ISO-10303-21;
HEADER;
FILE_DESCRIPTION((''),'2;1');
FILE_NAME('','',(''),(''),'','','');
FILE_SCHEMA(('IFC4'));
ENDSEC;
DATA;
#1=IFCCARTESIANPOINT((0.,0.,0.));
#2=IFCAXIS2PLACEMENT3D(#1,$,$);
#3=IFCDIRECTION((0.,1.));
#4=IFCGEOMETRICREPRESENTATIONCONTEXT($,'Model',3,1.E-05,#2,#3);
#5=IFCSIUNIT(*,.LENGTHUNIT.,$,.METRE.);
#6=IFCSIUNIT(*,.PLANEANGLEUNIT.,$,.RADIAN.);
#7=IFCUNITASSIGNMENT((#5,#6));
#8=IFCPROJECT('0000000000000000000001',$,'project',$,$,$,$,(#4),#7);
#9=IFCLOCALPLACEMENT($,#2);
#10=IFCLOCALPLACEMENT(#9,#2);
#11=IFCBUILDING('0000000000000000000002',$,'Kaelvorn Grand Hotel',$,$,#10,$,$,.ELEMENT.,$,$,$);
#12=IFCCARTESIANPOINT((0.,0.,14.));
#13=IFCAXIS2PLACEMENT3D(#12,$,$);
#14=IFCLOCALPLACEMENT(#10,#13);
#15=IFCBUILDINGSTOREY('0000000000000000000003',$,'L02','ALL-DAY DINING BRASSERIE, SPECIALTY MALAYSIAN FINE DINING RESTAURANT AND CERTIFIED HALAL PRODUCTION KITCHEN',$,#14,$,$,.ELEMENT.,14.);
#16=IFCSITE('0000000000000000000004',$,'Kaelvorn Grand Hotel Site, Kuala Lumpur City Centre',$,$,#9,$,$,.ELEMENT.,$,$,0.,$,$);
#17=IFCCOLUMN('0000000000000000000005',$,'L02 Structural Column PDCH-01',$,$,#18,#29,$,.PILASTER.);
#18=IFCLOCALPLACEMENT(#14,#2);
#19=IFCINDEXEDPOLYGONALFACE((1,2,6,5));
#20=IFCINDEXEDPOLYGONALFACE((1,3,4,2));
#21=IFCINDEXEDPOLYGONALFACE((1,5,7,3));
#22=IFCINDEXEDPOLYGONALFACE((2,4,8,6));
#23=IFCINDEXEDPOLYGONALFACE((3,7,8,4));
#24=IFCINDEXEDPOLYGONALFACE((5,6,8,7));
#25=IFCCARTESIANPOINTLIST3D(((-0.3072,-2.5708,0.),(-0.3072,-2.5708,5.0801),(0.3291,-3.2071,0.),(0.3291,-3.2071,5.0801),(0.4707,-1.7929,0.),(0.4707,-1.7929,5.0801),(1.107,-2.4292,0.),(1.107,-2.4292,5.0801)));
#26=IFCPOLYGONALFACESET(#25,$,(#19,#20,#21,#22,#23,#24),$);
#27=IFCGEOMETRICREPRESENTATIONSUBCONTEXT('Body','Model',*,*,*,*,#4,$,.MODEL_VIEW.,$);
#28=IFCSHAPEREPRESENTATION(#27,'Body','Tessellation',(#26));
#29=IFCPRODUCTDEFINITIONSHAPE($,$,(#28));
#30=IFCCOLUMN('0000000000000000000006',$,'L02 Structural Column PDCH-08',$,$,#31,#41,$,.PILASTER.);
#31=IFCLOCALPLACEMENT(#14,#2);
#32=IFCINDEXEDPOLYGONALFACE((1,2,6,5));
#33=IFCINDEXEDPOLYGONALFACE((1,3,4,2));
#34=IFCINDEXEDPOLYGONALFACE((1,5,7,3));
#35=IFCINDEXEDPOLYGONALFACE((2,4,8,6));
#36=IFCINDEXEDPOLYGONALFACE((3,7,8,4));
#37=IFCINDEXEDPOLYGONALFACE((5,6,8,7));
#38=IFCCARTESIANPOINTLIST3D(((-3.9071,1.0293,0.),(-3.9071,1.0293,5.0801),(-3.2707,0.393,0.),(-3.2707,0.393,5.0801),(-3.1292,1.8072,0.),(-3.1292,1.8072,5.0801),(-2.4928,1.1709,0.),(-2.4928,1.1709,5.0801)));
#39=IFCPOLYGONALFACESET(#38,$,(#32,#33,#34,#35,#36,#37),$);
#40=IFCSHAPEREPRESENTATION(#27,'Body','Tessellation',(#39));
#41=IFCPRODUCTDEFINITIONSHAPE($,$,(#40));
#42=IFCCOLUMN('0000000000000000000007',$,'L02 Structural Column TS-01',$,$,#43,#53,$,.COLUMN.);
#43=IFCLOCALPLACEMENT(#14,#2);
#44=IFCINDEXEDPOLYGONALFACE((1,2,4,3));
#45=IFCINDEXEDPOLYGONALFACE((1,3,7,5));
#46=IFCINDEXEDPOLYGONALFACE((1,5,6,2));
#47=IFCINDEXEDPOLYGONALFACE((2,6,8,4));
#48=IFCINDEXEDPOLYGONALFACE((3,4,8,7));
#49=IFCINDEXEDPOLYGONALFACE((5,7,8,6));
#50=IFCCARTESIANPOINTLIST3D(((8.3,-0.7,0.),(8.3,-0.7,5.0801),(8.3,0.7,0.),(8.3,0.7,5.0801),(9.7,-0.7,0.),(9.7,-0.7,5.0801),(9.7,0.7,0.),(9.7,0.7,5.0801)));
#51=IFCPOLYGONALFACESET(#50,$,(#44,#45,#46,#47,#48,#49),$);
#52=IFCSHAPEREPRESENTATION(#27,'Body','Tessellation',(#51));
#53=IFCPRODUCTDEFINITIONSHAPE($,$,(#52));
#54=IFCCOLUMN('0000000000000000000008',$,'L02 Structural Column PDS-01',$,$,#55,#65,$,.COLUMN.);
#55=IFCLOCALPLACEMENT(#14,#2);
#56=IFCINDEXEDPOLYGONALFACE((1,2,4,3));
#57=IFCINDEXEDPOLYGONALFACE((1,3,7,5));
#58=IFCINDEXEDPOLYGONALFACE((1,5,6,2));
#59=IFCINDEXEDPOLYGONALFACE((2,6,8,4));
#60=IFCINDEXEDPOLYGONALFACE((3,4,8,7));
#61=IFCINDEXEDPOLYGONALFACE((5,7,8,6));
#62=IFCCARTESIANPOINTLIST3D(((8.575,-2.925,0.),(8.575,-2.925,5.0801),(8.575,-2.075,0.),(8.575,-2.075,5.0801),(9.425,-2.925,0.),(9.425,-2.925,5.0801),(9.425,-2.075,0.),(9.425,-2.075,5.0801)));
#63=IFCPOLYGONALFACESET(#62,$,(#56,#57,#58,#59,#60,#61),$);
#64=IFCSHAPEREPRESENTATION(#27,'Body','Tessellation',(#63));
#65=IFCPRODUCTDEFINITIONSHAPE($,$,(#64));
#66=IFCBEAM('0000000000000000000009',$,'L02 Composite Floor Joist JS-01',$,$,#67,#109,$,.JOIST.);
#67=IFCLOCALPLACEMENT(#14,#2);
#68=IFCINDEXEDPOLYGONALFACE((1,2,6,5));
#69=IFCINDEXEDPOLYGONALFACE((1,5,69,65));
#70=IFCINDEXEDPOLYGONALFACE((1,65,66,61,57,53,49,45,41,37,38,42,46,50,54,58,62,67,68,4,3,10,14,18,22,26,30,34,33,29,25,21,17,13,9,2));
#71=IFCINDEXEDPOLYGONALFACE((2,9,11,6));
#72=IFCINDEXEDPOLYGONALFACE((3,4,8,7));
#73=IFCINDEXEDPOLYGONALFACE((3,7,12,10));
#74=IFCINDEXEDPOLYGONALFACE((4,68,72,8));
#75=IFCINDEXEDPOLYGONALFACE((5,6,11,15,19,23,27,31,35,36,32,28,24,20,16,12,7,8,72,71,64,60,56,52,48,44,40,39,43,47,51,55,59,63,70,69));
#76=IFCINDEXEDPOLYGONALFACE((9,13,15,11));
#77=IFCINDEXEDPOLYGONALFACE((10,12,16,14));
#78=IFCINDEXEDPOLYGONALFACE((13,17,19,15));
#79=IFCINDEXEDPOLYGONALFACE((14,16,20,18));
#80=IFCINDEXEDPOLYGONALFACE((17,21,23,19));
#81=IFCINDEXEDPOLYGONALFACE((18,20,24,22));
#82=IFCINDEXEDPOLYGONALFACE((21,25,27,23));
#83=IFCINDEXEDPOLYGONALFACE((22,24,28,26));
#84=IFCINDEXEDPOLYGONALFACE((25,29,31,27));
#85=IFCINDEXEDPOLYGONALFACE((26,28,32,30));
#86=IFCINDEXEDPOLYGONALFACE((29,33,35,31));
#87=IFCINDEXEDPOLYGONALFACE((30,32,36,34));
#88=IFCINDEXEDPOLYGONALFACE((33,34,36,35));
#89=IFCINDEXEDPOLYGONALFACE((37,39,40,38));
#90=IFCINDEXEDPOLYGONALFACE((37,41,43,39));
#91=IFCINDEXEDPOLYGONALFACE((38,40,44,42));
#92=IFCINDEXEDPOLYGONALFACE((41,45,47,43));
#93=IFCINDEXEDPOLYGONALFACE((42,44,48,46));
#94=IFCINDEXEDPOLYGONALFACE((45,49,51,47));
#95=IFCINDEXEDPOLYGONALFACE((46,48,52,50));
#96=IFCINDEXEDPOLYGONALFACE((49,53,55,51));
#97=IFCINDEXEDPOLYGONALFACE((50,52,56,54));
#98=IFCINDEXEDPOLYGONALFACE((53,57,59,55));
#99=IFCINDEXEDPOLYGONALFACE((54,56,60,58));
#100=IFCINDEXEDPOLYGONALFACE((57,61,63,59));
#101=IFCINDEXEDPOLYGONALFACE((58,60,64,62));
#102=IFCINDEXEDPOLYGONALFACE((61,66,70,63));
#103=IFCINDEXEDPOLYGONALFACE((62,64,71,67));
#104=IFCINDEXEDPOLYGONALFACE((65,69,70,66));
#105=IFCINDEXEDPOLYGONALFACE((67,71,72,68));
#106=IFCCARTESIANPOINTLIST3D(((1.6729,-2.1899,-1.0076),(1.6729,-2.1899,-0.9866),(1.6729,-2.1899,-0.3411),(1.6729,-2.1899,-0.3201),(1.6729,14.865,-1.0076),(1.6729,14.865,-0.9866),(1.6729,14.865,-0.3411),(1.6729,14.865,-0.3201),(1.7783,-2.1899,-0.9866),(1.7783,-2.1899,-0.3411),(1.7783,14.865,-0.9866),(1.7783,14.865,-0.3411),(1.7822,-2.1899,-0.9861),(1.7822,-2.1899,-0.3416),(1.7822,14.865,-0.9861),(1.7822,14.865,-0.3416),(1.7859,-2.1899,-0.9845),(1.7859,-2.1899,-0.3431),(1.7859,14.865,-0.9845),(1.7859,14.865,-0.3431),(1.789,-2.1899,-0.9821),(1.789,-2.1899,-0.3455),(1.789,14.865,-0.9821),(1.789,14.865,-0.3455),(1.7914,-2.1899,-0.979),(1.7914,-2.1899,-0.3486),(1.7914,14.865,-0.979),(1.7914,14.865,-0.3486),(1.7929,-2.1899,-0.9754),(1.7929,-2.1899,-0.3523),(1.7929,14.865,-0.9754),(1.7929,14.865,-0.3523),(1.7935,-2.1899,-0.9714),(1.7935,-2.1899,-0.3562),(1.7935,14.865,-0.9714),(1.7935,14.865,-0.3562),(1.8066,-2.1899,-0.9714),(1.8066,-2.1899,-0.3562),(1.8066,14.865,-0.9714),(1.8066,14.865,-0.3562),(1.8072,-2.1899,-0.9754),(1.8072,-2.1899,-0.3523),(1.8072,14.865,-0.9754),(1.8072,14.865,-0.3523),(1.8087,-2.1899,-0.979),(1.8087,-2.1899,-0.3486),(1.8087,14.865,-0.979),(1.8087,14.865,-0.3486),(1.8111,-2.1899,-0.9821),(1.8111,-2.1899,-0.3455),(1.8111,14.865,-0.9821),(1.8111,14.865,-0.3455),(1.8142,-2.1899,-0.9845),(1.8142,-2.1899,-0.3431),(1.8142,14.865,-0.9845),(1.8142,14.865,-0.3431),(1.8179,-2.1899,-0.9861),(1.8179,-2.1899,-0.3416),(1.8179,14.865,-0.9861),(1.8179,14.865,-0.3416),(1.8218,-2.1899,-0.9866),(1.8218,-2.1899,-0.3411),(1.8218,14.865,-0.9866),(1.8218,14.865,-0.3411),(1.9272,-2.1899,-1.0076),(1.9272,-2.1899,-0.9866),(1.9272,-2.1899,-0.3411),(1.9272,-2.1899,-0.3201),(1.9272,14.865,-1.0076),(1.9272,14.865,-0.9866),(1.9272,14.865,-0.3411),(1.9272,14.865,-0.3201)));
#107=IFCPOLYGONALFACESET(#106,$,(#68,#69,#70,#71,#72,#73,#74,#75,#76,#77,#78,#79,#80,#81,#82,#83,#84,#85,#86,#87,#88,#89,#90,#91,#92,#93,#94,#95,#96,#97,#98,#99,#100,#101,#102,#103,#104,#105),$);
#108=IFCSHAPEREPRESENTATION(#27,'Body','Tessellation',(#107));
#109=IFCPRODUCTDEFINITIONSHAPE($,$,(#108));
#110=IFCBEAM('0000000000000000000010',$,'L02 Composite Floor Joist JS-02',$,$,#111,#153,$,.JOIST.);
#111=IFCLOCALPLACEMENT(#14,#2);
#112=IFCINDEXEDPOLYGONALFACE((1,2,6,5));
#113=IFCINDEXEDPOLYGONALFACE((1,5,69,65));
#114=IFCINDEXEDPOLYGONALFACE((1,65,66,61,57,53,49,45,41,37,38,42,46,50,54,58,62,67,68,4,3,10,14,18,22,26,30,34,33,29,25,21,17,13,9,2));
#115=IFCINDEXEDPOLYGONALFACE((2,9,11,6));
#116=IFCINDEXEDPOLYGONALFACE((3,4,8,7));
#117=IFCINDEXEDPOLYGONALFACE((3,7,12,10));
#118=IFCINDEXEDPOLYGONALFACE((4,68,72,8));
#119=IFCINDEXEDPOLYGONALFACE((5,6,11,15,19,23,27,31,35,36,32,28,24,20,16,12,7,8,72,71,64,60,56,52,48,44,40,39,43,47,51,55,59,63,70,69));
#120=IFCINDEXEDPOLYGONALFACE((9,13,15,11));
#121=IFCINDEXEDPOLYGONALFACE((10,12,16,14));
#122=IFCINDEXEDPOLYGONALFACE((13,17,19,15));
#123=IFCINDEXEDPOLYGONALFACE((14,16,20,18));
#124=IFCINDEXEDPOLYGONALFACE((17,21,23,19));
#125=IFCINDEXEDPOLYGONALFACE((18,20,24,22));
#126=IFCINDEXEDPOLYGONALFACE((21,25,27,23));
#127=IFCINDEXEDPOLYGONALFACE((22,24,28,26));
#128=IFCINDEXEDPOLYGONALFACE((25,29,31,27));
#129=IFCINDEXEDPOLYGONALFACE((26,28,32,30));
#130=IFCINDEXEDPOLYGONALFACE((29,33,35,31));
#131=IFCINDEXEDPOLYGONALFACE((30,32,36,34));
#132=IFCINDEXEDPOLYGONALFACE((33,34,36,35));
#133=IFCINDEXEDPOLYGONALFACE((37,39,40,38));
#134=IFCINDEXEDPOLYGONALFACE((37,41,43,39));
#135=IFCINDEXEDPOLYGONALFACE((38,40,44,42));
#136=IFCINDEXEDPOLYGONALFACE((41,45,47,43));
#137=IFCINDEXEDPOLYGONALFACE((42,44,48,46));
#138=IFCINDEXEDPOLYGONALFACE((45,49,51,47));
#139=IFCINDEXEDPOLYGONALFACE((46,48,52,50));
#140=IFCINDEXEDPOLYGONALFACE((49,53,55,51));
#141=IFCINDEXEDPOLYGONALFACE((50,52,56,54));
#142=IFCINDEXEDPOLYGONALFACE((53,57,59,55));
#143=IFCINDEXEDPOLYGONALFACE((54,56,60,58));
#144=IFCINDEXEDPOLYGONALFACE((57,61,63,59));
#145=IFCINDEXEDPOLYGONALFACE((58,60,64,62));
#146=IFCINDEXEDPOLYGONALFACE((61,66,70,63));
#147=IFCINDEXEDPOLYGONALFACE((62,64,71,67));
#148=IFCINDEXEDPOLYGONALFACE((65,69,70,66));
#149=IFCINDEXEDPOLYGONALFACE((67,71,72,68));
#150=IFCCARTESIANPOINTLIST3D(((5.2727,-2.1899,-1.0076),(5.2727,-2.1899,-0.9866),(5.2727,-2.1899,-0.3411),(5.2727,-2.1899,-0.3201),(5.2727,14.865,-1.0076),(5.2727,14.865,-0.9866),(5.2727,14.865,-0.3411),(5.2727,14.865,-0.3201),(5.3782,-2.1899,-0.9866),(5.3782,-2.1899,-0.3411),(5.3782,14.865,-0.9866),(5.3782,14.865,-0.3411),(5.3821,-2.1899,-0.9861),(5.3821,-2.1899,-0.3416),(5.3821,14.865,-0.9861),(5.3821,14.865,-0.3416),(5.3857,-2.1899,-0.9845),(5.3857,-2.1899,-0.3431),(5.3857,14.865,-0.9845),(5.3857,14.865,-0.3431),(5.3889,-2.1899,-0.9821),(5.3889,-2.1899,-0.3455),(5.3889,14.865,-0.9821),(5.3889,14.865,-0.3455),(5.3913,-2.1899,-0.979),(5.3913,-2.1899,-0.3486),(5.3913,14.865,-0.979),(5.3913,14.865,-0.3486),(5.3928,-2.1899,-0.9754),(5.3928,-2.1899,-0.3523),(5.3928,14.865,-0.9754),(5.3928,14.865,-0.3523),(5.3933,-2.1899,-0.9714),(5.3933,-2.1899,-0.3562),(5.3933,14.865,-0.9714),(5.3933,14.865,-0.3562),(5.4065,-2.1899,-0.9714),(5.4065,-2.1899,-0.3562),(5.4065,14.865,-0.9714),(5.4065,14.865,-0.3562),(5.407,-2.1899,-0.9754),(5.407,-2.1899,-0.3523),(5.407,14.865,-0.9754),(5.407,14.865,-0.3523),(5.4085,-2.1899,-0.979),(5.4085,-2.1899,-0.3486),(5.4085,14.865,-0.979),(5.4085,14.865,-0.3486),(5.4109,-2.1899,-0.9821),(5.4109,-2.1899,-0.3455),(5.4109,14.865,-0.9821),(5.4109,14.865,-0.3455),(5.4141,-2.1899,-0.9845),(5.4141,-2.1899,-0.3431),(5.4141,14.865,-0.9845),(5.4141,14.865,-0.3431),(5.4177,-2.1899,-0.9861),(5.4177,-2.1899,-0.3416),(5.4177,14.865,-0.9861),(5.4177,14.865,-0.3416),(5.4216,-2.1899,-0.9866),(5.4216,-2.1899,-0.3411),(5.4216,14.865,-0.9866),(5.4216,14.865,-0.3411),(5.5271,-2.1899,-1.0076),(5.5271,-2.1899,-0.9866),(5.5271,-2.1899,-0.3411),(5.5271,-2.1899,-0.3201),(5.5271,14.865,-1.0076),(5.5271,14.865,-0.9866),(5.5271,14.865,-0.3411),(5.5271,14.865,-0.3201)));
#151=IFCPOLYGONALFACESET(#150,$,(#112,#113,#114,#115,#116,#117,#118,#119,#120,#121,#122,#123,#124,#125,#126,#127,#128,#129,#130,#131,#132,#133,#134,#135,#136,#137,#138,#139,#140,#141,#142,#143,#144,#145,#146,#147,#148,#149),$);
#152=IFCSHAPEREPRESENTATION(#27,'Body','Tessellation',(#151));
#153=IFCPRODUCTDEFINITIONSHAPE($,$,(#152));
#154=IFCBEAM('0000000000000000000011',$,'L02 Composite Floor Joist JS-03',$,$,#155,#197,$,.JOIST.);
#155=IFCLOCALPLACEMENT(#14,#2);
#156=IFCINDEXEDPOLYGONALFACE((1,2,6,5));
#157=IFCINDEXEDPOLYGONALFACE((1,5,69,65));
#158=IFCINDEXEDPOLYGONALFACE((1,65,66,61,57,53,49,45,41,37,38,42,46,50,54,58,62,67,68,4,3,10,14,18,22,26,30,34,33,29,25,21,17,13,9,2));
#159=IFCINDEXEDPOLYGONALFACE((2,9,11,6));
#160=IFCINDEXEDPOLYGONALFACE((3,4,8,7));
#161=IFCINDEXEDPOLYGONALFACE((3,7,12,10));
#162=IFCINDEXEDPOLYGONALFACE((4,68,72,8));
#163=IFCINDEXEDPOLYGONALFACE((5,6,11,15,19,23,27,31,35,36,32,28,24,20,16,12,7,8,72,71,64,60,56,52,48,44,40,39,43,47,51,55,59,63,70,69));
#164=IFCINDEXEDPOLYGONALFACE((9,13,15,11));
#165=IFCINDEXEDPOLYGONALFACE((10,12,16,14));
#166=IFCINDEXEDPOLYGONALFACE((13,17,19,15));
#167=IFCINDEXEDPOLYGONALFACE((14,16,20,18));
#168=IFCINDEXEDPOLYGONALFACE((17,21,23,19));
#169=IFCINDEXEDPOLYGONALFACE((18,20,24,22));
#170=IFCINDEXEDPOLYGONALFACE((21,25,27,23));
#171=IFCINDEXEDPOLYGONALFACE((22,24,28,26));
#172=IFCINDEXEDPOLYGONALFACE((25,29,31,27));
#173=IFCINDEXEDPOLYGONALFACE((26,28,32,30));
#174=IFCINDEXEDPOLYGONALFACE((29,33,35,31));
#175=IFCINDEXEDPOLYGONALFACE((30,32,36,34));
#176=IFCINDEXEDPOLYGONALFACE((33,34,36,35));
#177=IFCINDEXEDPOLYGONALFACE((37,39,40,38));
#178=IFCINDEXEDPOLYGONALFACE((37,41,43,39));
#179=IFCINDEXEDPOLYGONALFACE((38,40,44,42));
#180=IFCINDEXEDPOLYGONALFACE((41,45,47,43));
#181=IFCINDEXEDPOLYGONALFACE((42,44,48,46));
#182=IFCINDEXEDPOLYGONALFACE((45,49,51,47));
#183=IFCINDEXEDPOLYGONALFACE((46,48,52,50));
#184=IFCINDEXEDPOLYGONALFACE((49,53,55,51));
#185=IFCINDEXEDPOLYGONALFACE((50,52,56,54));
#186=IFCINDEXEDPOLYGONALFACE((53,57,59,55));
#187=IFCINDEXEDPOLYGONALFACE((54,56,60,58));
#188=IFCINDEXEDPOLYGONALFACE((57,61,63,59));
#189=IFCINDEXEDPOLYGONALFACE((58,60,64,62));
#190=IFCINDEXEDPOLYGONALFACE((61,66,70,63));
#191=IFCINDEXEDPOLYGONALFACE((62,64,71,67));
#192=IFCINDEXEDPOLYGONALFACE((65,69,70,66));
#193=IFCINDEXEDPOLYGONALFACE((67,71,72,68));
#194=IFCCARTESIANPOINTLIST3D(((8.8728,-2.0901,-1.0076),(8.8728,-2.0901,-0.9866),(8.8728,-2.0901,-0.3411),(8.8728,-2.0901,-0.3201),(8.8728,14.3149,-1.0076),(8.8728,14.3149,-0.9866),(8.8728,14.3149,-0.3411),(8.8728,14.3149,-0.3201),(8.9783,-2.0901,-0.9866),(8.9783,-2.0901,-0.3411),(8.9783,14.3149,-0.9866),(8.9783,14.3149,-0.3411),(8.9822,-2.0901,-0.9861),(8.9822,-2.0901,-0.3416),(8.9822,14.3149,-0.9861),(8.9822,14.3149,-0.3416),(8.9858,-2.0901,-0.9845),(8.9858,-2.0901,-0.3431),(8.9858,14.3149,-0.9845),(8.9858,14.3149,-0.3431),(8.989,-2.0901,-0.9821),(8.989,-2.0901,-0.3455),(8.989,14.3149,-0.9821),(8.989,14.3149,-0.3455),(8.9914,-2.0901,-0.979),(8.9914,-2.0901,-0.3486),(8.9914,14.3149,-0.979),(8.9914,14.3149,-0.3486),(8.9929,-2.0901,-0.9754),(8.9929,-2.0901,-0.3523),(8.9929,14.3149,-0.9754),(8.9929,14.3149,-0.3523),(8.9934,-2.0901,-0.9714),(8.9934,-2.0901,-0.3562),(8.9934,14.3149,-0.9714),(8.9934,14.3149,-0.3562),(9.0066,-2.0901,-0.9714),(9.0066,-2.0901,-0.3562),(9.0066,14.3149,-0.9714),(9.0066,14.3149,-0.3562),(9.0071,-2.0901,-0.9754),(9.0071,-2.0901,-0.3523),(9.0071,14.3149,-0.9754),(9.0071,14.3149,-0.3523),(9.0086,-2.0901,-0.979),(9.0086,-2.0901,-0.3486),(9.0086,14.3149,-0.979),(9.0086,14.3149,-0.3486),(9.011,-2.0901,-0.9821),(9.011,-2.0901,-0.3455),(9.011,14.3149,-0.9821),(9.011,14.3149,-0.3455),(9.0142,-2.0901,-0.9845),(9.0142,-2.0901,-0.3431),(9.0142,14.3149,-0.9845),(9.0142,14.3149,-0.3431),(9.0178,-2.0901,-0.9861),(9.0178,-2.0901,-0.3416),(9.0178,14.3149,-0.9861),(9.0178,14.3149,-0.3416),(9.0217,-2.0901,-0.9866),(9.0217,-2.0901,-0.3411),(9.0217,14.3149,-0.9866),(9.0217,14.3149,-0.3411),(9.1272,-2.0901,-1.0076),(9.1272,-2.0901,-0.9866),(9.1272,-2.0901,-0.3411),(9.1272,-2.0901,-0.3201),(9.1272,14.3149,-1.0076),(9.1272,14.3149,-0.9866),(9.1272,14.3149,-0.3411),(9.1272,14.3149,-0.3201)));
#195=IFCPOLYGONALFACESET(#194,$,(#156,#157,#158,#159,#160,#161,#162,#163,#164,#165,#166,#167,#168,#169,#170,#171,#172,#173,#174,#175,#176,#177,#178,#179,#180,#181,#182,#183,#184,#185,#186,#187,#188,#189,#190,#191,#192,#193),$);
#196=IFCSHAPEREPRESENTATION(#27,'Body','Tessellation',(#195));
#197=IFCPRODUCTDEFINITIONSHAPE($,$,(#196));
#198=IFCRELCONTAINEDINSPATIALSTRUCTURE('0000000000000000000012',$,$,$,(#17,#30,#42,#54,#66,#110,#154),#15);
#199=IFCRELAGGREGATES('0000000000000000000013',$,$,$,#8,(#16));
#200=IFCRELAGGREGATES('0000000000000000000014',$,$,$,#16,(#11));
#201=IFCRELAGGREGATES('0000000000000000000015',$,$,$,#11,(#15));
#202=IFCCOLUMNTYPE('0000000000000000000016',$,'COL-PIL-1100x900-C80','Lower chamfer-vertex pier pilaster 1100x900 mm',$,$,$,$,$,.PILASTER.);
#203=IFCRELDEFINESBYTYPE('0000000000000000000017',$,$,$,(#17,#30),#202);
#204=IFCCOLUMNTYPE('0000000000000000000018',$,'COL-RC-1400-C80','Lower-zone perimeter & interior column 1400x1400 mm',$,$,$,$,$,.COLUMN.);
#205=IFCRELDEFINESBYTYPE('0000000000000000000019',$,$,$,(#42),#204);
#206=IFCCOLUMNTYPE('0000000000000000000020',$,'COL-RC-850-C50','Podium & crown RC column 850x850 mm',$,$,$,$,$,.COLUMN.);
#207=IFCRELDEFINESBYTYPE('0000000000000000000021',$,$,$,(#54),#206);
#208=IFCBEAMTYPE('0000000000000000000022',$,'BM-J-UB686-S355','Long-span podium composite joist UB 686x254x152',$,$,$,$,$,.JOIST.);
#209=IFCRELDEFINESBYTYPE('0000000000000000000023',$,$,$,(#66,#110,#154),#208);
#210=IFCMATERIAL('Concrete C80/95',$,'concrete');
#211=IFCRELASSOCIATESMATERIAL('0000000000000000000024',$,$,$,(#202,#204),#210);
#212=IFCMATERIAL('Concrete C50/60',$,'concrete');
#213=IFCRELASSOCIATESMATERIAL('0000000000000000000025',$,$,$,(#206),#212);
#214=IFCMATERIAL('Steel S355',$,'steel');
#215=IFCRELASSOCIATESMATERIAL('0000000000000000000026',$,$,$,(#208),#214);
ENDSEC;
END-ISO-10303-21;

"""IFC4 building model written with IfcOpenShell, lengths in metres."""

from ifc_helpers import new_model, si_unit, direction, frame, origin, origin_2d, place, context, subcontext, project, spatial, rectangle, i_section, extrude, material, material_profile, profile_set, type_object, element, save


model = new_model("IFC4")

# Units and contexts
model_context = context("Model", 3, precision=1e-05, world=origin(), true_north=direction((0.0, 1.0)))
body_context = subcontext(model_context, "Body", "Model", "MODEL_VIEW")
ifc_project = project(units=[si_unit("LENGTHUNIT", "METRE"), si_unit("PLANEANGLEUNIT", "RADIAN")], contexts=[model_context])

# Site, building, storey
site_placement = place(None, origin())
site = spatial("IfcSite", under=ifc_project, at=site_placement, Name="Kaelvorn Grand Hotel Site, Kuala Lumpur City Centre", CompositionType="ELEMENT", RefElevation=0.0)
building_placement = place(site_placement, origin())
building = spatial("IfcBuilding", under=site, at=building_placement, Name="Kaelvorn Grand Hotel", CompositionType="ELEMENT")
storey_placement = place(building_placement, frame((0.0, 0.0, 14.0)))
storey = spatial("IfcBuildingStorey", under=building, at=storey_placement, Name="L02", Description="ALL-DAY DINING BRASSERIE, SPECIALTY MALAYSIAN FINE DINING RESTAURANT AND CERTIFIED HALAL PRODUCTION KITCHEN", CompositionType="ELEMENT", Elevation=14.0)

# Columns
ifc_material_1 = material(Name="Concrete C80/95", Category="concrete")
ifc_material_profile_1 = material_profile(ifc_material_1, rectangle(XDim=1.1001, YDim=0.8999, at=origin_2d()), Name="RC PILASTER 1100x900")
ifc_profile_set_1 = profile_set([ifc_material_profile_1], Name="Concrete C80/95")
column_type_1 = type_object("IfcColumnType", Name="COL-PIL-1100x900-C80", Description="Lower chamfer-vertex pier pilaster 1100x900 mm", PredefinedType="PILASTER", material=ifc_profile_set_1)
for number, where, z_axis, x_axis, name in (
    (1, (0.3999, -2.5, 0.0), (0.0, 0.0, 1.0), (0.707107, 0.707107, 0.0), "L02 Structural Column PDCH-01"),
    (2, (-3.2, 1.1001, 0.0), (0.0, 0.0, 1.0), (0.707107, 0.707107, 0.0), "L02 Structural Column PDCH-08"),
):
    element("IfcColumn", number, at=place(storey_placement, frame(where, z_axis=z_axis, x_axis=x_axis)), inside=storey, type_object=column_type_1, Name=name, PredefinedType="PILASTER", context=body_context, shape_type="SweptSolid", body=[
        extrude(rectangle(XDim=1.1001, YDim=0.8999, at=origin_2d()), origin(), (0.0, 0.0, 1.0), 5.0801),
    ])
ifc_material_profile_2 = material_profile(ifc_material_1, rectangle(XDim=1.3999, YDim=1.3999, at=origin_2d()), Name="RC COL 1400x1400")
ifc_profile_set_2 = profile_set([ifc_material_profile_2], Name="Concrete C80/95")
column_type_2 = type_object("IfcColumnType", Name="COL-RC-1400-C80", Description="Lower-zone perimeter & interior column 1400x1400 mm", PredefinedType="COLUMN", material=ifc_profile_set_2)
column_1_placement = place(storey_placement, frame((9.0, 0.0, 0.0), z_axis=(0.0, 0.0, 1.0), x_axis=(1.0, 0.0, 0.0)))
element("IfcColumn", 3, at=column_1_placement, inside=storey, type_object=column_type_2, Name="L02 Structural Column TS-01", PredefinedType="COLUMN", context=body_context, shape_type="SweptSolid", body=[
    extrude(rectangle(XDim=1.3999, YDim=1.3999, at=origin_2d()), origin(), (0.0, 0.0, 1.0), 5.0801),
])
ifc_material_2 = material(Name="Concrete C50/60", Category="concrete")
ifc_material_profile_3 = material_profile(ifc_material_2, rectangle(XDim=0.8501, YDim=0.8501, at=origin_2d()), Name="RC COL 850x850")
ifc_profile_set_3 = profile_set([ifc_material_profile_3], Name="Concrete C50/60")
column_type_3 = type_object("IfcColumnType", Name="COL-RC-850-C50", Description="Podium & crown RC column 850x850 mm", PredefinedType="COLUMN", material=ifc_profile_set_3)
column_2_placement = place(storey_placement, frame((9.0, -2.5, 0.0), z_axis=(0.0, 0.0, 1.0), x_axis=(1.0, 0.0, 0.0)))
element("IfcColumn", 4, at=column_2_placement, inside=storey, type_object=column_type_3, Name="L02 Structural Column PDS-01", PredefinedType="COLUMN", context=body_context, shape_type="SweptSolid", body=[
    extrude(rectangle(XDim=0.8501, YDim=0.8501, at=origin_2d()), origin(), (0.0, 0.0, 1.0), 5.0801),
])

# Beams
ifc_material_3 = material(Name="Steel S355", Category="steel")
ifc_material_profile_4 = material_profile(ifc_material_3, i_section(OverallWidth=0.2544, OverallDepth=0.6875, WebThickness=0.0132, FlangeThickness=0.021, FilletRadius=0.0151, at=origin_2d()), Name="UB 686x254x152")
ifc_profile_set_4 = profile_set([ifc_material_profile_4], Name="Steel S355")
beam_type_1 = type_object("IfcBeamType", Name="BM-J-UB686-S355", Description="Long-span podium composite joist UB 686x254x152", PredefinedType="JOIST", material=ifc_profile_set_4)
for number, where, z_axis, x_axis, name in (
    (5, (1.8, -2.1899, -0.6638), (0.0, 1.0, 0.0), (-1.0, 0.0, 0.0), "L02 Composite Floor Joist JS-01"),
    (6, (5.3999, -2.1899, -0.6638), (0.0, 1.0, 0.0), (-1.0, 0.0, 0.0), "L02 Composite Floor Joist JS-02"),
):
    element("IfcBeam", number, at=place(storey_placement, frame(where, z_axis=z_axis, x_axis=x_axis)), inside=storey, type_object=beam_type_1, Name=name, PredefinedType="JOIST", context=body_context, shape_type="SweptSolid", body=[
        extrude(i_section(OverallWidth=0.2544, OverallDepth=0.6875, WebThickness=0.0132, FlangeThickness=0.021, FilletRadius=0.0151, at=origin_2d()), origin(), (0.0, 0.0, 1.0), 17.0549),
    ])
beam_1_placement = place(storey_placement, frame((9.0, -2.0901, -0.6638), z_axis=(0.0, 1.0, 0.0), x_axis=(-1.0, 0.0, 0.0)))
element("IfcBeam", 7, at=beam_1_placement, inside=storey, type_object=beam_type_1, Name="L02 Composite Floor Joist JS-03", PredefinedType="JOIST", context=body_context, shape_type="SweptSolid", body=[
    extrude(i_section(OverallWidth=0.2544, OverallDepth=0.6875, WebThickness=0.0132, FlangeThickness=0.021, FilletRadius=0.0151, at=origin_2d()), origin(), (0.0, 0.0, 1.0), 16.405),
])

save(model, "model.ifc")
